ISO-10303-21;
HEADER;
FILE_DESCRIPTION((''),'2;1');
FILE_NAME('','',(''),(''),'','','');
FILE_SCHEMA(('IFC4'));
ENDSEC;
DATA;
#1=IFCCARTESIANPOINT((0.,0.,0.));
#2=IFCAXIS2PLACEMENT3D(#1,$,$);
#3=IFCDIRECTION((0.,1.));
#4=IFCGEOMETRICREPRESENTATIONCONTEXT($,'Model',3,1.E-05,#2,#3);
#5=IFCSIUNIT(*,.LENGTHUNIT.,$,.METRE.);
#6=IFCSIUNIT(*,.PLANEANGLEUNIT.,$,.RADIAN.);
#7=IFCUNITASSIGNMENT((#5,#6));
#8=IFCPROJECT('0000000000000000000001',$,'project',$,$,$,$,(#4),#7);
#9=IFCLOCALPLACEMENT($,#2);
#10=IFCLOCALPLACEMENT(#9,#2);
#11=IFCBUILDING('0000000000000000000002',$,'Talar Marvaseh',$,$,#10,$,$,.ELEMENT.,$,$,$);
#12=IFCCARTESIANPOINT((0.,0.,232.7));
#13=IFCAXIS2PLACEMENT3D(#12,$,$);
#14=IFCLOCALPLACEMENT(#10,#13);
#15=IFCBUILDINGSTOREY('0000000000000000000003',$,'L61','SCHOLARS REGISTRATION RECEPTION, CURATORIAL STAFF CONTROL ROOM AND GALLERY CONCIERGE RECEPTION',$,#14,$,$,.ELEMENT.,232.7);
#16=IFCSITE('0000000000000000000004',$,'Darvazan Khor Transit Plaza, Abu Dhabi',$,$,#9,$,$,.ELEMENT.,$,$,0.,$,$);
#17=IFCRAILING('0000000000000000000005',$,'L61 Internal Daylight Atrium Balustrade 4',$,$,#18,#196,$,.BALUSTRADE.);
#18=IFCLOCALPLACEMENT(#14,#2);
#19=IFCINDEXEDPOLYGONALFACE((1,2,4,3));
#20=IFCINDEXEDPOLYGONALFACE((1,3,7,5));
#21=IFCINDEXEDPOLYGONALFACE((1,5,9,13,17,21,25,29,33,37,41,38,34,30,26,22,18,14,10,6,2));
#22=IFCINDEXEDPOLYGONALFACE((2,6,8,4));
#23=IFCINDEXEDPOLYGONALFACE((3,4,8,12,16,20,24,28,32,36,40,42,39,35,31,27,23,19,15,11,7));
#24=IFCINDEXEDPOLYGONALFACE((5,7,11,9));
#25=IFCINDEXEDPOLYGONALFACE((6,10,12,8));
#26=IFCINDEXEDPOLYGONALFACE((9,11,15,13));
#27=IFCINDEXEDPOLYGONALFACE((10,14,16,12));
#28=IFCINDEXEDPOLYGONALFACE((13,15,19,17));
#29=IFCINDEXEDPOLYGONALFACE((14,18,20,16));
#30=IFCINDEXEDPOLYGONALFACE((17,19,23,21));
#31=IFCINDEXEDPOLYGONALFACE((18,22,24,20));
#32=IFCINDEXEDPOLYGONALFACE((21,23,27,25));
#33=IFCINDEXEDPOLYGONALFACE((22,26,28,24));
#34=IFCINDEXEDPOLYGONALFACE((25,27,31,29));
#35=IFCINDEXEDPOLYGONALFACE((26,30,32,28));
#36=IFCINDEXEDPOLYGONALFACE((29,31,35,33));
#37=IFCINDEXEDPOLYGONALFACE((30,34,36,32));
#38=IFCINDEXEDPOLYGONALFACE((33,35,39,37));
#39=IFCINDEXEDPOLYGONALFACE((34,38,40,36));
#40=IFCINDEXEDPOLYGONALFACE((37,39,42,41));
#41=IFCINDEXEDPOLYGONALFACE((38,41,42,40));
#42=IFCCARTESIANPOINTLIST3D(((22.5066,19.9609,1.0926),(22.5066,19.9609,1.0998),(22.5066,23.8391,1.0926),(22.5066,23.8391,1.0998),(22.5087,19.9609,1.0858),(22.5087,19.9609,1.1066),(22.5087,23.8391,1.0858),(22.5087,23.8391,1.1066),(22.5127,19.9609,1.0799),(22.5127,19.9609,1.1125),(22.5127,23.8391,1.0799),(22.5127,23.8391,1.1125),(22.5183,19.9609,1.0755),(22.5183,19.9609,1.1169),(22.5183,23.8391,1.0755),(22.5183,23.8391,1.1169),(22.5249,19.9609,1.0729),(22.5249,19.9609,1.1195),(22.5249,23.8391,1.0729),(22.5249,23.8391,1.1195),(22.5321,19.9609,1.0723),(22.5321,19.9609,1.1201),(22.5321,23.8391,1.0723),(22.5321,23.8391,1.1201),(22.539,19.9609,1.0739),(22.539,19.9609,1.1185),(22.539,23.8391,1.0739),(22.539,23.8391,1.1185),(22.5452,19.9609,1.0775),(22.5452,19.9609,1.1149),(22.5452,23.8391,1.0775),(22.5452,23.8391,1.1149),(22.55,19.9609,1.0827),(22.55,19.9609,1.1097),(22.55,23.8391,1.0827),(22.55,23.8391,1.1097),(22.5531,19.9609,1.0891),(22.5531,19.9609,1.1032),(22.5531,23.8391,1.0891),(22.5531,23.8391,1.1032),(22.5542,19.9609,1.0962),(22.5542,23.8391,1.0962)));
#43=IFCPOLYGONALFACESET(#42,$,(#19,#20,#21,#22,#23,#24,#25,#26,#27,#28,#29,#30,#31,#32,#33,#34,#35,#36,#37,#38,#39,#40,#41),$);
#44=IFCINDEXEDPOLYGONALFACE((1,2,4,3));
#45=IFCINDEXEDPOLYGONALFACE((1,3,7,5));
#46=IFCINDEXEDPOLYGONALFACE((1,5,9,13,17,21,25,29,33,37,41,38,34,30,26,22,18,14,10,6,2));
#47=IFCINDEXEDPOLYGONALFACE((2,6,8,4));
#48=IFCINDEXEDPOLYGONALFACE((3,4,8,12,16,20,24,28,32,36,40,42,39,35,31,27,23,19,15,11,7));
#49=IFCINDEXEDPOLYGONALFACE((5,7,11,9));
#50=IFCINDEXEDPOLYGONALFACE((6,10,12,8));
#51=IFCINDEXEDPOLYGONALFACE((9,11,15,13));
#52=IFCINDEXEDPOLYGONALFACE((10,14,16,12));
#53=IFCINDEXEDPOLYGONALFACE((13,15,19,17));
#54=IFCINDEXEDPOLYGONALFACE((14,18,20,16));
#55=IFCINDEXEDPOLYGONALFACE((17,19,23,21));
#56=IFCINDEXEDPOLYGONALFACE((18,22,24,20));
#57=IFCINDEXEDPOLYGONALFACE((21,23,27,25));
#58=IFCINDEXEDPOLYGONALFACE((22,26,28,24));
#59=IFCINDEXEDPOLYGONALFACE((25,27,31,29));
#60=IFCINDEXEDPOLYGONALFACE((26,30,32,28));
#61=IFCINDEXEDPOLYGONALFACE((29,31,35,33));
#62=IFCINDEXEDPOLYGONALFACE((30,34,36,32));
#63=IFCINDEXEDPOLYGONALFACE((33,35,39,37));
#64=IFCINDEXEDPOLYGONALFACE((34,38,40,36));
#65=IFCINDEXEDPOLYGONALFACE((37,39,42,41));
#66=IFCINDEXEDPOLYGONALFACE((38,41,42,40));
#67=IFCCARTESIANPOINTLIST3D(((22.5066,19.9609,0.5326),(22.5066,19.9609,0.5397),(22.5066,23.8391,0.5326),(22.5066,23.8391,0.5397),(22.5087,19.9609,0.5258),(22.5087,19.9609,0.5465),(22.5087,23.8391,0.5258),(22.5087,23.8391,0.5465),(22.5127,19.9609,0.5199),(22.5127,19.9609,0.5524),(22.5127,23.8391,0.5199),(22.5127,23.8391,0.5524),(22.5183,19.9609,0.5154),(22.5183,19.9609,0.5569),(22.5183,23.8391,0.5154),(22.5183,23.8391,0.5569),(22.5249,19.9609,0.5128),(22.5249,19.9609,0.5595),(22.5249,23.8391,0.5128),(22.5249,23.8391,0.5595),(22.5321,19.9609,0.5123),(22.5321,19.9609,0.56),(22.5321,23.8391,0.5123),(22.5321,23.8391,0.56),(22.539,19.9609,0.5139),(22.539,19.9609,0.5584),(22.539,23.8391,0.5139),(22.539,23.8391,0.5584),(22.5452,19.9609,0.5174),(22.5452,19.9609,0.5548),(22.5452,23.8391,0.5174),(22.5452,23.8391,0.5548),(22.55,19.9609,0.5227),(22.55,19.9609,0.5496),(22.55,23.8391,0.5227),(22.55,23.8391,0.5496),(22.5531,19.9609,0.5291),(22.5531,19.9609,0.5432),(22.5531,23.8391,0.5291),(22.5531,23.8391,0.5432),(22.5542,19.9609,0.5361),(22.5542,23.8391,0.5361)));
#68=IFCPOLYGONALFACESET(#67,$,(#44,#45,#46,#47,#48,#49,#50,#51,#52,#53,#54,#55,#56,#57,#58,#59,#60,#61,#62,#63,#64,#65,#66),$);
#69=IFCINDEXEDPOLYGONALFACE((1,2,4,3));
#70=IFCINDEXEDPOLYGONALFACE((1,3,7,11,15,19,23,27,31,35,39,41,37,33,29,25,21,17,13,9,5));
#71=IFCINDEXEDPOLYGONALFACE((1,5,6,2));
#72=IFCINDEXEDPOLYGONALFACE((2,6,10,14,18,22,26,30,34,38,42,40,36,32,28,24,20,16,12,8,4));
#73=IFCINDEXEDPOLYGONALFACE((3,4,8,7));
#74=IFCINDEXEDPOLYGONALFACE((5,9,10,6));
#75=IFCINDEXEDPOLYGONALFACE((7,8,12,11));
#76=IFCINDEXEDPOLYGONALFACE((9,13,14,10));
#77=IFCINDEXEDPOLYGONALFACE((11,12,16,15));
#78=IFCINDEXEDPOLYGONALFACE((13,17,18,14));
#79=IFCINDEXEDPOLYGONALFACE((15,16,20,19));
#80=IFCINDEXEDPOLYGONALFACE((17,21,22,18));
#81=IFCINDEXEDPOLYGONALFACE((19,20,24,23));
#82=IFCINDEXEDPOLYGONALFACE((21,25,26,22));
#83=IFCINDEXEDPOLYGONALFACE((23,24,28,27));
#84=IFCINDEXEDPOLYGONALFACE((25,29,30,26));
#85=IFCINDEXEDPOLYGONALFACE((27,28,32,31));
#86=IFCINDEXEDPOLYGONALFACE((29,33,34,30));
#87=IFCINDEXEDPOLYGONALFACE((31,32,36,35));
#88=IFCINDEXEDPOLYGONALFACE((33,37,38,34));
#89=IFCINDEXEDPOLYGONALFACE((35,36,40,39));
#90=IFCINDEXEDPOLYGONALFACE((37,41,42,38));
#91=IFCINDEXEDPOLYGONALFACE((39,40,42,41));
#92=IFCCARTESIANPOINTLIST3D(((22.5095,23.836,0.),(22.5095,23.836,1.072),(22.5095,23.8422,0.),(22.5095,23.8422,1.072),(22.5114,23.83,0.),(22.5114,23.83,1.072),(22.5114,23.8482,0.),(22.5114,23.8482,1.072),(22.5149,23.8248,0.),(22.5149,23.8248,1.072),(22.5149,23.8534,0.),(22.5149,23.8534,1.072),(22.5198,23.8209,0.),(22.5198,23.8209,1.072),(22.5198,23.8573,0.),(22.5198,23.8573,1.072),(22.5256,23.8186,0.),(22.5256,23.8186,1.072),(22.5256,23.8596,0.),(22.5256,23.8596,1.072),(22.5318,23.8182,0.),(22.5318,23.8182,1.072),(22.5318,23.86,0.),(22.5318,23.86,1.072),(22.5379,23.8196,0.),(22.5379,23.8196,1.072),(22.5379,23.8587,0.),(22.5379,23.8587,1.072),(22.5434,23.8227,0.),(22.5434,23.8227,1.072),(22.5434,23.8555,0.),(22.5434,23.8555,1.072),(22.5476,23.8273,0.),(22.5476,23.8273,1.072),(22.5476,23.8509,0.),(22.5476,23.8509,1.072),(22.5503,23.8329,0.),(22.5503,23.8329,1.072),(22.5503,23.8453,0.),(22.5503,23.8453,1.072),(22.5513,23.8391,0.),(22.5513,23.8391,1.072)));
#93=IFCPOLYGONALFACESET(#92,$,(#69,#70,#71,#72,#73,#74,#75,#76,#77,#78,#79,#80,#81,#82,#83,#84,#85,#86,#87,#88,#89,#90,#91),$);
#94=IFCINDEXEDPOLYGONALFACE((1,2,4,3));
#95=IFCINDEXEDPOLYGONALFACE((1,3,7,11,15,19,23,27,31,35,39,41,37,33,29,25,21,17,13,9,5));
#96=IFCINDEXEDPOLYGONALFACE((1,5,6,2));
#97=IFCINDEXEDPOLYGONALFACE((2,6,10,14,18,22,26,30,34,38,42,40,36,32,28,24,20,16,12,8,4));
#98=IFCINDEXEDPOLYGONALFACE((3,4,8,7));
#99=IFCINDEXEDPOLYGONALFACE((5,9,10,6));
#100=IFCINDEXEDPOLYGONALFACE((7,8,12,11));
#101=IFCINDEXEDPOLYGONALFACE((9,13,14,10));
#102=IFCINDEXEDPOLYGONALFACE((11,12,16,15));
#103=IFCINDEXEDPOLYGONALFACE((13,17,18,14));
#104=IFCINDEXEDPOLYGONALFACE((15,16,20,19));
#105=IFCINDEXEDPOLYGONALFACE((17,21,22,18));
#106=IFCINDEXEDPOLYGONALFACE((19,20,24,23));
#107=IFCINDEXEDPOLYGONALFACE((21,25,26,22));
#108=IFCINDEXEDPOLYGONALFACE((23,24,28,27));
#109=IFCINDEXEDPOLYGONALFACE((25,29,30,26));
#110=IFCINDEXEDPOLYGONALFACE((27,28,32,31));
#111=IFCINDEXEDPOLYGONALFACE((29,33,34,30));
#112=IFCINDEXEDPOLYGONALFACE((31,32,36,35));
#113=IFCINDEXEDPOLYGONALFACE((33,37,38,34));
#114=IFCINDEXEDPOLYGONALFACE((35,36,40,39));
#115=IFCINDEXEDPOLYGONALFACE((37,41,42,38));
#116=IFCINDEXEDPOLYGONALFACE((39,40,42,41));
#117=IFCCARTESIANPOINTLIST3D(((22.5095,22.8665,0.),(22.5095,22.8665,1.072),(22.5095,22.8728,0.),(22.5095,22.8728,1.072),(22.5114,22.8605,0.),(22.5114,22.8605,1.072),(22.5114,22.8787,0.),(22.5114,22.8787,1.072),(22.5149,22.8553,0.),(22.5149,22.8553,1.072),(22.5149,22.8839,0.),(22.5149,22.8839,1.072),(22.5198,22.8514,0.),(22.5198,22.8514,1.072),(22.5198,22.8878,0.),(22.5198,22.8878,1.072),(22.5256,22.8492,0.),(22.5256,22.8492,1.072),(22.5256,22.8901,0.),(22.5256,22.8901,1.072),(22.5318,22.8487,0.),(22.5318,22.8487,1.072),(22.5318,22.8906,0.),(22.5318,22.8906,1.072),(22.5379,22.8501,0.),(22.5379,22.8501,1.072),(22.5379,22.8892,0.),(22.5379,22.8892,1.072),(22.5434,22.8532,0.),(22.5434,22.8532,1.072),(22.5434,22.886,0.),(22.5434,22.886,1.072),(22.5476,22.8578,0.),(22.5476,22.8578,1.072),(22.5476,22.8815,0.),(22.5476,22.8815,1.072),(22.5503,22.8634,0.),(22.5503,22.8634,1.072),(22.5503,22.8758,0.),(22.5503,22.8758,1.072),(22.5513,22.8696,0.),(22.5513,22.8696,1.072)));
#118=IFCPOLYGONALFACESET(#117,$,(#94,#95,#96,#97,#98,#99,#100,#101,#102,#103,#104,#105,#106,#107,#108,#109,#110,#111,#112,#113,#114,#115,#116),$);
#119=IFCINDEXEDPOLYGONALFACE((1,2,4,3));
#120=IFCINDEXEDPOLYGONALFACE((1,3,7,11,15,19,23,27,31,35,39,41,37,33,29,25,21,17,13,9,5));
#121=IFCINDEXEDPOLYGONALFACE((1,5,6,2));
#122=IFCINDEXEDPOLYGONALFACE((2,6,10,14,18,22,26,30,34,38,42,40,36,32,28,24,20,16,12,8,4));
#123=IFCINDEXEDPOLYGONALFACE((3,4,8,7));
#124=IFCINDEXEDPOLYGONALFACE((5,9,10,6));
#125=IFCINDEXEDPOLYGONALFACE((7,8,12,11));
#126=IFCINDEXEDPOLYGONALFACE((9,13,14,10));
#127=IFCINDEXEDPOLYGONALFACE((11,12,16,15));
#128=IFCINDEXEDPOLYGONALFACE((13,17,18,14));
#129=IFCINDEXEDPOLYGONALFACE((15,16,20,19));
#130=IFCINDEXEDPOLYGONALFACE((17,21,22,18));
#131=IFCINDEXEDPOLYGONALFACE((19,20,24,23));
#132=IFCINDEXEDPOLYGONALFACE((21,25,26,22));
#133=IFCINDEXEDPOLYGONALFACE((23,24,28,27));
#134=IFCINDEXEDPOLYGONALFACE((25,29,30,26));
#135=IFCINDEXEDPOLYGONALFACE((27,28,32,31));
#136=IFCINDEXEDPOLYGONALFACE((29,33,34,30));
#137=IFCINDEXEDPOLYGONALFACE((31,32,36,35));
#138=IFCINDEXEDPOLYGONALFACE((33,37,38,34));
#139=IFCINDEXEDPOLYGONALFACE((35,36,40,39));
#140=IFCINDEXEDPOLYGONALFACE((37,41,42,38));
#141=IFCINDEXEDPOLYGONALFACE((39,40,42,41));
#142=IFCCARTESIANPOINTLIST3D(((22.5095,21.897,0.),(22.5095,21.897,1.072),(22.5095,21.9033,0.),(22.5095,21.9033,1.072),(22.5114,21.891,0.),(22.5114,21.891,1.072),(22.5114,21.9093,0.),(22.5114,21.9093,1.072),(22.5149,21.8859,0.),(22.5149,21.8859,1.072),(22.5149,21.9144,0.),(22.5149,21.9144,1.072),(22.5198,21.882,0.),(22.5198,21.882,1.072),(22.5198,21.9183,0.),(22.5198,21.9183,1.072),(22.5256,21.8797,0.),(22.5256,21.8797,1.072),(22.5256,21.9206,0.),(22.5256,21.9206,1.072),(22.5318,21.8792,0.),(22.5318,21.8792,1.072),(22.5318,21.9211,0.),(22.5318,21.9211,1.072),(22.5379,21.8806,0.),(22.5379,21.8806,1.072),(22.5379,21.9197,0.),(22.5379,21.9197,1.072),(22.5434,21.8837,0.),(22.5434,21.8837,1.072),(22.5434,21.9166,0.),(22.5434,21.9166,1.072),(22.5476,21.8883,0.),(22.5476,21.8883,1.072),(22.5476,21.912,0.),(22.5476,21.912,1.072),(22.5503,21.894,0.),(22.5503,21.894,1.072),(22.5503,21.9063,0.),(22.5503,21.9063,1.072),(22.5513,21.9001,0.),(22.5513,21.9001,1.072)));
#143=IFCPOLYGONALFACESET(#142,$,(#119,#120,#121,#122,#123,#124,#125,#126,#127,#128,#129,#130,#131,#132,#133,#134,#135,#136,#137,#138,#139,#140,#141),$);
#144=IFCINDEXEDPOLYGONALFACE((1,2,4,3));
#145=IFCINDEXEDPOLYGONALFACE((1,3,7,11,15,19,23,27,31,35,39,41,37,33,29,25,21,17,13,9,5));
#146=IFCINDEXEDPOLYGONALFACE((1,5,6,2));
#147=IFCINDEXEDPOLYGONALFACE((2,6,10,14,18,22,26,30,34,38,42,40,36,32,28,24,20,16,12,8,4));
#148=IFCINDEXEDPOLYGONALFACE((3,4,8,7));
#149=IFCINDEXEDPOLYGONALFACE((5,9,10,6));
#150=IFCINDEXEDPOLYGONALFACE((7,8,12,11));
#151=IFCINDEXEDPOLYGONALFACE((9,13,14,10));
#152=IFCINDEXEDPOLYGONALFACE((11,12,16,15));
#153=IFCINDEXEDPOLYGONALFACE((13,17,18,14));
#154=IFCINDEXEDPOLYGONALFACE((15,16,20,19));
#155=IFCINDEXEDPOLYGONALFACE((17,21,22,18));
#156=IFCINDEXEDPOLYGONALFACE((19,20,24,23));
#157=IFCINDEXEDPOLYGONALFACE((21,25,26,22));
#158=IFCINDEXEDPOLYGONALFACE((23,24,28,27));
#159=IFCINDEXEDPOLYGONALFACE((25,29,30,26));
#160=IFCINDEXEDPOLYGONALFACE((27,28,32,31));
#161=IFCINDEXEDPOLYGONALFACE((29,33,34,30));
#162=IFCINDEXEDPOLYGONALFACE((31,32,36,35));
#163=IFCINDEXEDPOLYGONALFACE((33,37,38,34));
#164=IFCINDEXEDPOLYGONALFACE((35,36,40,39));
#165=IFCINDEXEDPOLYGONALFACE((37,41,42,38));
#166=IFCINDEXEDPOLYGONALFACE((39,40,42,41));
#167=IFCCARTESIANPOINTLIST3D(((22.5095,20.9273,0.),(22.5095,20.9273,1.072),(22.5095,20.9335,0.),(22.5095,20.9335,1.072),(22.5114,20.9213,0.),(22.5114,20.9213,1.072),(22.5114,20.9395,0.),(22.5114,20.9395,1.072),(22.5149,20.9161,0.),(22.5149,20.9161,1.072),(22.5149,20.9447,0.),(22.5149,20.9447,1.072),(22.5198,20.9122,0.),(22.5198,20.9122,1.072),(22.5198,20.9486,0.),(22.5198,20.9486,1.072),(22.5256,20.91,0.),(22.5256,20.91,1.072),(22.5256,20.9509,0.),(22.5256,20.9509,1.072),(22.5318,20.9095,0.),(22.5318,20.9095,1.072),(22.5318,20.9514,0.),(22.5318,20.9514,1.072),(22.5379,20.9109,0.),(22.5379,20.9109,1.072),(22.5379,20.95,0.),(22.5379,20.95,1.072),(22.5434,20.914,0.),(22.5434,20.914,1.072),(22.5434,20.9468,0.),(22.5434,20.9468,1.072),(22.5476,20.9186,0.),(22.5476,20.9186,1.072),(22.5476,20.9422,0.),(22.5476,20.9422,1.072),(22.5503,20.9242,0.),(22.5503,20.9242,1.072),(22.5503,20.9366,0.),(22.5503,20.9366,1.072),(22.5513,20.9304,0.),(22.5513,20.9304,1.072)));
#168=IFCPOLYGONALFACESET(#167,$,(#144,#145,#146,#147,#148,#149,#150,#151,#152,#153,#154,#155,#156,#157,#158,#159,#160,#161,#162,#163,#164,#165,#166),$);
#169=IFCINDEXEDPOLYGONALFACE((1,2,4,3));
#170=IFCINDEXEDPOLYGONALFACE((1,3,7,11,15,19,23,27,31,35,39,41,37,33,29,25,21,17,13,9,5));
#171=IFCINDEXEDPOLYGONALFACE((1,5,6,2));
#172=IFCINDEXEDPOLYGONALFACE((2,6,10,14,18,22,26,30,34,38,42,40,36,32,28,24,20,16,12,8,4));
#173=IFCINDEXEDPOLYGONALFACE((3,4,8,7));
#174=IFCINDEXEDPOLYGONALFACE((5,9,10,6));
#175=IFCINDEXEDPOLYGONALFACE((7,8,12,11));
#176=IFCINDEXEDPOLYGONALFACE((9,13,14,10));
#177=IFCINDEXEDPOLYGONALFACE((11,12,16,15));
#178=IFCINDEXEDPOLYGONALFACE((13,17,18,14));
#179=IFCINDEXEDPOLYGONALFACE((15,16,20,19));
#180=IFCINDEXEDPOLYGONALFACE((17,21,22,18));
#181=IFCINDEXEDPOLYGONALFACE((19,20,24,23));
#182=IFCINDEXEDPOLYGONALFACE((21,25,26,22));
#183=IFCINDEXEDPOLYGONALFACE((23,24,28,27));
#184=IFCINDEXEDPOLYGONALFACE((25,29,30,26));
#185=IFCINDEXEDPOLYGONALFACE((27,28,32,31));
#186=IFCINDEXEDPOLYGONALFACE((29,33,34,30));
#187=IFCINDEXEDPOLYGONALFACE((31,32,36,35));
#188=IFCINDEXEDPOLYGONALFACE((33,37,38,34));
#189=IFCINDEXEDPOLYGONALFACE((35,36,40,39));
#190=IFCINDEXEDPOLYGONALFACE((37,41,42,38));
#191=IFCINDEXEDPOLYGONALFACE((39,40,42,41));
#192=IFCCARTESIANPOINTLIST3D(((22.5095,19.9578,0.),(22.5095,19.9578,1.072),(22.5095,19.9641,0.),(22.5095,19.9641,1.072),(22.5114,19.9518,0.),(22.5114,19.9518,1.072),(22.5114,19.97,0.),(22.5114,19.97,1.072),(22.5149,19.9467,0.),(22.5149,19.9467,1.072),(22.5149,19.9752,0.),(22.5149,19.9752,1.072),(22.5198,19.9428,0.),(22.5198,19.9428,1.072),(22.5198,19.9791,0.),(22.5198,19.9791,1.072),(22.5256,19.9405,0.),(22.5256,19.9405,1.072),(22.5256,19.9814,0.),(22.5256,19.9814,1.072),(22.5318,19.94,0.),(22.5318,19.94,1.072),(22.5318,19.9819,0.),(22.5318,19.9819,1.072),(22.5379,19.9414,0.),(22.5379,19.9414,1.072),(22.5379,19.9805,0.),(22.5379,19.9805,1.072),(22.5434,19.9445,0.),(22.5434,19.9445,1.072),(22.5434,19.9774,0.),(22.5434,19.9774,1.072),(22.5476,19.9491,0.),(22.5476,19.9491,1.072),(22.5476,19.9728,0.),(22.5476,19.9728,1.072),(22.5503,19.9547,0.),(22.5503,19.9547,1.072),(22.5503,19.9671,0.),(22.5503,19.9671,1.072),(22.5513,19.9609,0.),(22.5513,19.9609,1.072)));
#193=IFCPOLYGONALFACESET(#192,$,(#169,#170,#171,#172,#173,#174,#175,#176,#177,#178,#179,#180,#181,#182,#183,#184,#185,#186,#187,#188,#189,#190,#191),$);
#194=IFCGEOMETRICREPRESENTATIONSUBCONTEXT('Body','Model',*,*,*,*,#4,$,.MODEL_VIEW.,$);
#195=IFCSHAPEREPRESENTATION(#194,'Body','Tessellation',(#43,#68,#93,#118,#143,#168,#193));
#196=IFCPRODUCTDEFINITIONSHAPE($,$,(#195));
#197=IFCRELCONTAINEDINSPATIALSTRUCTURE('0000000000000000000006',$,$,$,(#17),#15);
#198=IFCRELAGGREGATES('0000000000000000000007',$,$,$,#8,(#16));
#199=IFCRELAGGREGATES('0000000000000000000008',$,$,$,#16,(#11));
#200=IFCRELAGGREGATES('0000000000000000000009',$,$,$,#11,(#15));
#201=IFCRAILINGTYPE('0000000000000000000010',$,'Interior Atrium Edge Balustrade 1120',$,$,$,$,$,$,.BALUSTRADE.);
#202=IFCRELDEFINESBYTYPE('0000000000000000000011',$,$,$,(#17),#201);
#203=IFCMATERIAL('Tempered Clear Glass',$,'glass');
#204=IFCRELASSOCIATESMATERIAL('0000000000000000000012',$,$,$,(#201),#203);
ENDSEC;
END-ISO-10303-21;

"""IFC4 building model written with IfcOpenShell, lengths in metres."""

from ifc_helpers import new_model, si_unit, direction, frame, origin, origin_2d, place, context, subcontext, project, spatial, circle, extrude, material, type_object, element, save


model = new_model("IFC4")

# Units and contexts
model_context = context("Model", 3, precision=1e-05, world=origin(), true_north=direction((0.0, 1.0)))
body_context = subcontext(model_context, "Body", "Model", "MODEL_VIEW")
ifc_project = project(units=[si_unit("LENGTHUNIT", "METRE"), si_unit("PLANEANGLEUNIT", "RADIAN")], contexts=[model_context])

# Site, building, storey
site_placement = place(None, origin())
site = spatial("IfcSite", under=ifc_project, at=site_placement, Name="Darvazan Khor Transit Plaza, Abu Dhabi", CompositionType="ELEMENT", RefElevation=0.0)
building_placement = place(site_placement, origin())
building = spatial("IfcBuilding", under=site, at=building_placement, Name="Talar Marvaseh", CompositionType="ELEMENT")
storey_placement = place(building_placement, frame((0.0, 0.0, 232.7)))
storey = spatial("IfcBuildingStorey", under=building, at=storey_placement, Name="L61", Description="SCHOLARS REGISTRATION RECEPTION, CURATORIAL STAFF CONTROL ROOM AND GALLERY CONCIERGE RECEPTION", CompositionType="ELEMENT", Elevation=232.7)

# Railing
ifc_material_1 = material(Name="Tempered Clear Glass", Category="glass")
railing_type = type_object("IfcRailingType", Name="Interior Atrium Edge Balustrade 1120", PredefinedType="BALUSTRADE", material=ifc_material_1)
railing_1_placement = place(storey_placement, frame((22.5303, 23.8391, 0.0)))
element("IfcRailing", 1, at=railing_1_placement, inside=storey, type_object=railing_type, Name="L61 Internal Daylight Atrium Balustrade 4", PredefinedType="BALUSTRADE", context=body_context, shape_type="SweptSolid", body=[
    extrude(circle(Radius=0.0239, at=origin_2d()), frame((0.0, 0.0, 1.0962), z_axis=(0.0, -1.0, 0.0), x_axis=(1.0, 0.0, 0.0)), (0.0, 0.0, 1.0), 3.8782),
    extrude(circle(Radius=0.0239, at=origin_2d()), frame((0.0, 0.0, 0.5361), z_axis=(0.0, -1.0, 0.0), x_axis=(1.0, 0.0, 0.0)), (0.0, 0.0, 1.0), 3.8782),
    extrude(circle(Radius=0.021, at=origin_2d()), origin(), (0.0, 0.0, 1.0), 1.072),
    extrude(circle(Radius=0.021, at=origin_2d()), frame((0.0, -0.9695, 0.0)), (0.0, 0.0, 1.0), 1.072),
    extrude(circle(Radius=0.021, at=origin_2d()), frame((0.0, -1.939, 0.0)), (0.0, 0.0, 1.0), 1.072),
    extrude(circle(Radius=0.021, at=origin_2d()), frame((0.0, -2.9087, 0.0)), (0.0, 0.0, 1.0), 1.072),
    extrude(circle(Radius=0.021, at=origin_2d()), frame((0.0, -3.8782, 0.0)), (0.0, 0.0, 1.0), 1.072),
])

save(model, "model.ifc")
